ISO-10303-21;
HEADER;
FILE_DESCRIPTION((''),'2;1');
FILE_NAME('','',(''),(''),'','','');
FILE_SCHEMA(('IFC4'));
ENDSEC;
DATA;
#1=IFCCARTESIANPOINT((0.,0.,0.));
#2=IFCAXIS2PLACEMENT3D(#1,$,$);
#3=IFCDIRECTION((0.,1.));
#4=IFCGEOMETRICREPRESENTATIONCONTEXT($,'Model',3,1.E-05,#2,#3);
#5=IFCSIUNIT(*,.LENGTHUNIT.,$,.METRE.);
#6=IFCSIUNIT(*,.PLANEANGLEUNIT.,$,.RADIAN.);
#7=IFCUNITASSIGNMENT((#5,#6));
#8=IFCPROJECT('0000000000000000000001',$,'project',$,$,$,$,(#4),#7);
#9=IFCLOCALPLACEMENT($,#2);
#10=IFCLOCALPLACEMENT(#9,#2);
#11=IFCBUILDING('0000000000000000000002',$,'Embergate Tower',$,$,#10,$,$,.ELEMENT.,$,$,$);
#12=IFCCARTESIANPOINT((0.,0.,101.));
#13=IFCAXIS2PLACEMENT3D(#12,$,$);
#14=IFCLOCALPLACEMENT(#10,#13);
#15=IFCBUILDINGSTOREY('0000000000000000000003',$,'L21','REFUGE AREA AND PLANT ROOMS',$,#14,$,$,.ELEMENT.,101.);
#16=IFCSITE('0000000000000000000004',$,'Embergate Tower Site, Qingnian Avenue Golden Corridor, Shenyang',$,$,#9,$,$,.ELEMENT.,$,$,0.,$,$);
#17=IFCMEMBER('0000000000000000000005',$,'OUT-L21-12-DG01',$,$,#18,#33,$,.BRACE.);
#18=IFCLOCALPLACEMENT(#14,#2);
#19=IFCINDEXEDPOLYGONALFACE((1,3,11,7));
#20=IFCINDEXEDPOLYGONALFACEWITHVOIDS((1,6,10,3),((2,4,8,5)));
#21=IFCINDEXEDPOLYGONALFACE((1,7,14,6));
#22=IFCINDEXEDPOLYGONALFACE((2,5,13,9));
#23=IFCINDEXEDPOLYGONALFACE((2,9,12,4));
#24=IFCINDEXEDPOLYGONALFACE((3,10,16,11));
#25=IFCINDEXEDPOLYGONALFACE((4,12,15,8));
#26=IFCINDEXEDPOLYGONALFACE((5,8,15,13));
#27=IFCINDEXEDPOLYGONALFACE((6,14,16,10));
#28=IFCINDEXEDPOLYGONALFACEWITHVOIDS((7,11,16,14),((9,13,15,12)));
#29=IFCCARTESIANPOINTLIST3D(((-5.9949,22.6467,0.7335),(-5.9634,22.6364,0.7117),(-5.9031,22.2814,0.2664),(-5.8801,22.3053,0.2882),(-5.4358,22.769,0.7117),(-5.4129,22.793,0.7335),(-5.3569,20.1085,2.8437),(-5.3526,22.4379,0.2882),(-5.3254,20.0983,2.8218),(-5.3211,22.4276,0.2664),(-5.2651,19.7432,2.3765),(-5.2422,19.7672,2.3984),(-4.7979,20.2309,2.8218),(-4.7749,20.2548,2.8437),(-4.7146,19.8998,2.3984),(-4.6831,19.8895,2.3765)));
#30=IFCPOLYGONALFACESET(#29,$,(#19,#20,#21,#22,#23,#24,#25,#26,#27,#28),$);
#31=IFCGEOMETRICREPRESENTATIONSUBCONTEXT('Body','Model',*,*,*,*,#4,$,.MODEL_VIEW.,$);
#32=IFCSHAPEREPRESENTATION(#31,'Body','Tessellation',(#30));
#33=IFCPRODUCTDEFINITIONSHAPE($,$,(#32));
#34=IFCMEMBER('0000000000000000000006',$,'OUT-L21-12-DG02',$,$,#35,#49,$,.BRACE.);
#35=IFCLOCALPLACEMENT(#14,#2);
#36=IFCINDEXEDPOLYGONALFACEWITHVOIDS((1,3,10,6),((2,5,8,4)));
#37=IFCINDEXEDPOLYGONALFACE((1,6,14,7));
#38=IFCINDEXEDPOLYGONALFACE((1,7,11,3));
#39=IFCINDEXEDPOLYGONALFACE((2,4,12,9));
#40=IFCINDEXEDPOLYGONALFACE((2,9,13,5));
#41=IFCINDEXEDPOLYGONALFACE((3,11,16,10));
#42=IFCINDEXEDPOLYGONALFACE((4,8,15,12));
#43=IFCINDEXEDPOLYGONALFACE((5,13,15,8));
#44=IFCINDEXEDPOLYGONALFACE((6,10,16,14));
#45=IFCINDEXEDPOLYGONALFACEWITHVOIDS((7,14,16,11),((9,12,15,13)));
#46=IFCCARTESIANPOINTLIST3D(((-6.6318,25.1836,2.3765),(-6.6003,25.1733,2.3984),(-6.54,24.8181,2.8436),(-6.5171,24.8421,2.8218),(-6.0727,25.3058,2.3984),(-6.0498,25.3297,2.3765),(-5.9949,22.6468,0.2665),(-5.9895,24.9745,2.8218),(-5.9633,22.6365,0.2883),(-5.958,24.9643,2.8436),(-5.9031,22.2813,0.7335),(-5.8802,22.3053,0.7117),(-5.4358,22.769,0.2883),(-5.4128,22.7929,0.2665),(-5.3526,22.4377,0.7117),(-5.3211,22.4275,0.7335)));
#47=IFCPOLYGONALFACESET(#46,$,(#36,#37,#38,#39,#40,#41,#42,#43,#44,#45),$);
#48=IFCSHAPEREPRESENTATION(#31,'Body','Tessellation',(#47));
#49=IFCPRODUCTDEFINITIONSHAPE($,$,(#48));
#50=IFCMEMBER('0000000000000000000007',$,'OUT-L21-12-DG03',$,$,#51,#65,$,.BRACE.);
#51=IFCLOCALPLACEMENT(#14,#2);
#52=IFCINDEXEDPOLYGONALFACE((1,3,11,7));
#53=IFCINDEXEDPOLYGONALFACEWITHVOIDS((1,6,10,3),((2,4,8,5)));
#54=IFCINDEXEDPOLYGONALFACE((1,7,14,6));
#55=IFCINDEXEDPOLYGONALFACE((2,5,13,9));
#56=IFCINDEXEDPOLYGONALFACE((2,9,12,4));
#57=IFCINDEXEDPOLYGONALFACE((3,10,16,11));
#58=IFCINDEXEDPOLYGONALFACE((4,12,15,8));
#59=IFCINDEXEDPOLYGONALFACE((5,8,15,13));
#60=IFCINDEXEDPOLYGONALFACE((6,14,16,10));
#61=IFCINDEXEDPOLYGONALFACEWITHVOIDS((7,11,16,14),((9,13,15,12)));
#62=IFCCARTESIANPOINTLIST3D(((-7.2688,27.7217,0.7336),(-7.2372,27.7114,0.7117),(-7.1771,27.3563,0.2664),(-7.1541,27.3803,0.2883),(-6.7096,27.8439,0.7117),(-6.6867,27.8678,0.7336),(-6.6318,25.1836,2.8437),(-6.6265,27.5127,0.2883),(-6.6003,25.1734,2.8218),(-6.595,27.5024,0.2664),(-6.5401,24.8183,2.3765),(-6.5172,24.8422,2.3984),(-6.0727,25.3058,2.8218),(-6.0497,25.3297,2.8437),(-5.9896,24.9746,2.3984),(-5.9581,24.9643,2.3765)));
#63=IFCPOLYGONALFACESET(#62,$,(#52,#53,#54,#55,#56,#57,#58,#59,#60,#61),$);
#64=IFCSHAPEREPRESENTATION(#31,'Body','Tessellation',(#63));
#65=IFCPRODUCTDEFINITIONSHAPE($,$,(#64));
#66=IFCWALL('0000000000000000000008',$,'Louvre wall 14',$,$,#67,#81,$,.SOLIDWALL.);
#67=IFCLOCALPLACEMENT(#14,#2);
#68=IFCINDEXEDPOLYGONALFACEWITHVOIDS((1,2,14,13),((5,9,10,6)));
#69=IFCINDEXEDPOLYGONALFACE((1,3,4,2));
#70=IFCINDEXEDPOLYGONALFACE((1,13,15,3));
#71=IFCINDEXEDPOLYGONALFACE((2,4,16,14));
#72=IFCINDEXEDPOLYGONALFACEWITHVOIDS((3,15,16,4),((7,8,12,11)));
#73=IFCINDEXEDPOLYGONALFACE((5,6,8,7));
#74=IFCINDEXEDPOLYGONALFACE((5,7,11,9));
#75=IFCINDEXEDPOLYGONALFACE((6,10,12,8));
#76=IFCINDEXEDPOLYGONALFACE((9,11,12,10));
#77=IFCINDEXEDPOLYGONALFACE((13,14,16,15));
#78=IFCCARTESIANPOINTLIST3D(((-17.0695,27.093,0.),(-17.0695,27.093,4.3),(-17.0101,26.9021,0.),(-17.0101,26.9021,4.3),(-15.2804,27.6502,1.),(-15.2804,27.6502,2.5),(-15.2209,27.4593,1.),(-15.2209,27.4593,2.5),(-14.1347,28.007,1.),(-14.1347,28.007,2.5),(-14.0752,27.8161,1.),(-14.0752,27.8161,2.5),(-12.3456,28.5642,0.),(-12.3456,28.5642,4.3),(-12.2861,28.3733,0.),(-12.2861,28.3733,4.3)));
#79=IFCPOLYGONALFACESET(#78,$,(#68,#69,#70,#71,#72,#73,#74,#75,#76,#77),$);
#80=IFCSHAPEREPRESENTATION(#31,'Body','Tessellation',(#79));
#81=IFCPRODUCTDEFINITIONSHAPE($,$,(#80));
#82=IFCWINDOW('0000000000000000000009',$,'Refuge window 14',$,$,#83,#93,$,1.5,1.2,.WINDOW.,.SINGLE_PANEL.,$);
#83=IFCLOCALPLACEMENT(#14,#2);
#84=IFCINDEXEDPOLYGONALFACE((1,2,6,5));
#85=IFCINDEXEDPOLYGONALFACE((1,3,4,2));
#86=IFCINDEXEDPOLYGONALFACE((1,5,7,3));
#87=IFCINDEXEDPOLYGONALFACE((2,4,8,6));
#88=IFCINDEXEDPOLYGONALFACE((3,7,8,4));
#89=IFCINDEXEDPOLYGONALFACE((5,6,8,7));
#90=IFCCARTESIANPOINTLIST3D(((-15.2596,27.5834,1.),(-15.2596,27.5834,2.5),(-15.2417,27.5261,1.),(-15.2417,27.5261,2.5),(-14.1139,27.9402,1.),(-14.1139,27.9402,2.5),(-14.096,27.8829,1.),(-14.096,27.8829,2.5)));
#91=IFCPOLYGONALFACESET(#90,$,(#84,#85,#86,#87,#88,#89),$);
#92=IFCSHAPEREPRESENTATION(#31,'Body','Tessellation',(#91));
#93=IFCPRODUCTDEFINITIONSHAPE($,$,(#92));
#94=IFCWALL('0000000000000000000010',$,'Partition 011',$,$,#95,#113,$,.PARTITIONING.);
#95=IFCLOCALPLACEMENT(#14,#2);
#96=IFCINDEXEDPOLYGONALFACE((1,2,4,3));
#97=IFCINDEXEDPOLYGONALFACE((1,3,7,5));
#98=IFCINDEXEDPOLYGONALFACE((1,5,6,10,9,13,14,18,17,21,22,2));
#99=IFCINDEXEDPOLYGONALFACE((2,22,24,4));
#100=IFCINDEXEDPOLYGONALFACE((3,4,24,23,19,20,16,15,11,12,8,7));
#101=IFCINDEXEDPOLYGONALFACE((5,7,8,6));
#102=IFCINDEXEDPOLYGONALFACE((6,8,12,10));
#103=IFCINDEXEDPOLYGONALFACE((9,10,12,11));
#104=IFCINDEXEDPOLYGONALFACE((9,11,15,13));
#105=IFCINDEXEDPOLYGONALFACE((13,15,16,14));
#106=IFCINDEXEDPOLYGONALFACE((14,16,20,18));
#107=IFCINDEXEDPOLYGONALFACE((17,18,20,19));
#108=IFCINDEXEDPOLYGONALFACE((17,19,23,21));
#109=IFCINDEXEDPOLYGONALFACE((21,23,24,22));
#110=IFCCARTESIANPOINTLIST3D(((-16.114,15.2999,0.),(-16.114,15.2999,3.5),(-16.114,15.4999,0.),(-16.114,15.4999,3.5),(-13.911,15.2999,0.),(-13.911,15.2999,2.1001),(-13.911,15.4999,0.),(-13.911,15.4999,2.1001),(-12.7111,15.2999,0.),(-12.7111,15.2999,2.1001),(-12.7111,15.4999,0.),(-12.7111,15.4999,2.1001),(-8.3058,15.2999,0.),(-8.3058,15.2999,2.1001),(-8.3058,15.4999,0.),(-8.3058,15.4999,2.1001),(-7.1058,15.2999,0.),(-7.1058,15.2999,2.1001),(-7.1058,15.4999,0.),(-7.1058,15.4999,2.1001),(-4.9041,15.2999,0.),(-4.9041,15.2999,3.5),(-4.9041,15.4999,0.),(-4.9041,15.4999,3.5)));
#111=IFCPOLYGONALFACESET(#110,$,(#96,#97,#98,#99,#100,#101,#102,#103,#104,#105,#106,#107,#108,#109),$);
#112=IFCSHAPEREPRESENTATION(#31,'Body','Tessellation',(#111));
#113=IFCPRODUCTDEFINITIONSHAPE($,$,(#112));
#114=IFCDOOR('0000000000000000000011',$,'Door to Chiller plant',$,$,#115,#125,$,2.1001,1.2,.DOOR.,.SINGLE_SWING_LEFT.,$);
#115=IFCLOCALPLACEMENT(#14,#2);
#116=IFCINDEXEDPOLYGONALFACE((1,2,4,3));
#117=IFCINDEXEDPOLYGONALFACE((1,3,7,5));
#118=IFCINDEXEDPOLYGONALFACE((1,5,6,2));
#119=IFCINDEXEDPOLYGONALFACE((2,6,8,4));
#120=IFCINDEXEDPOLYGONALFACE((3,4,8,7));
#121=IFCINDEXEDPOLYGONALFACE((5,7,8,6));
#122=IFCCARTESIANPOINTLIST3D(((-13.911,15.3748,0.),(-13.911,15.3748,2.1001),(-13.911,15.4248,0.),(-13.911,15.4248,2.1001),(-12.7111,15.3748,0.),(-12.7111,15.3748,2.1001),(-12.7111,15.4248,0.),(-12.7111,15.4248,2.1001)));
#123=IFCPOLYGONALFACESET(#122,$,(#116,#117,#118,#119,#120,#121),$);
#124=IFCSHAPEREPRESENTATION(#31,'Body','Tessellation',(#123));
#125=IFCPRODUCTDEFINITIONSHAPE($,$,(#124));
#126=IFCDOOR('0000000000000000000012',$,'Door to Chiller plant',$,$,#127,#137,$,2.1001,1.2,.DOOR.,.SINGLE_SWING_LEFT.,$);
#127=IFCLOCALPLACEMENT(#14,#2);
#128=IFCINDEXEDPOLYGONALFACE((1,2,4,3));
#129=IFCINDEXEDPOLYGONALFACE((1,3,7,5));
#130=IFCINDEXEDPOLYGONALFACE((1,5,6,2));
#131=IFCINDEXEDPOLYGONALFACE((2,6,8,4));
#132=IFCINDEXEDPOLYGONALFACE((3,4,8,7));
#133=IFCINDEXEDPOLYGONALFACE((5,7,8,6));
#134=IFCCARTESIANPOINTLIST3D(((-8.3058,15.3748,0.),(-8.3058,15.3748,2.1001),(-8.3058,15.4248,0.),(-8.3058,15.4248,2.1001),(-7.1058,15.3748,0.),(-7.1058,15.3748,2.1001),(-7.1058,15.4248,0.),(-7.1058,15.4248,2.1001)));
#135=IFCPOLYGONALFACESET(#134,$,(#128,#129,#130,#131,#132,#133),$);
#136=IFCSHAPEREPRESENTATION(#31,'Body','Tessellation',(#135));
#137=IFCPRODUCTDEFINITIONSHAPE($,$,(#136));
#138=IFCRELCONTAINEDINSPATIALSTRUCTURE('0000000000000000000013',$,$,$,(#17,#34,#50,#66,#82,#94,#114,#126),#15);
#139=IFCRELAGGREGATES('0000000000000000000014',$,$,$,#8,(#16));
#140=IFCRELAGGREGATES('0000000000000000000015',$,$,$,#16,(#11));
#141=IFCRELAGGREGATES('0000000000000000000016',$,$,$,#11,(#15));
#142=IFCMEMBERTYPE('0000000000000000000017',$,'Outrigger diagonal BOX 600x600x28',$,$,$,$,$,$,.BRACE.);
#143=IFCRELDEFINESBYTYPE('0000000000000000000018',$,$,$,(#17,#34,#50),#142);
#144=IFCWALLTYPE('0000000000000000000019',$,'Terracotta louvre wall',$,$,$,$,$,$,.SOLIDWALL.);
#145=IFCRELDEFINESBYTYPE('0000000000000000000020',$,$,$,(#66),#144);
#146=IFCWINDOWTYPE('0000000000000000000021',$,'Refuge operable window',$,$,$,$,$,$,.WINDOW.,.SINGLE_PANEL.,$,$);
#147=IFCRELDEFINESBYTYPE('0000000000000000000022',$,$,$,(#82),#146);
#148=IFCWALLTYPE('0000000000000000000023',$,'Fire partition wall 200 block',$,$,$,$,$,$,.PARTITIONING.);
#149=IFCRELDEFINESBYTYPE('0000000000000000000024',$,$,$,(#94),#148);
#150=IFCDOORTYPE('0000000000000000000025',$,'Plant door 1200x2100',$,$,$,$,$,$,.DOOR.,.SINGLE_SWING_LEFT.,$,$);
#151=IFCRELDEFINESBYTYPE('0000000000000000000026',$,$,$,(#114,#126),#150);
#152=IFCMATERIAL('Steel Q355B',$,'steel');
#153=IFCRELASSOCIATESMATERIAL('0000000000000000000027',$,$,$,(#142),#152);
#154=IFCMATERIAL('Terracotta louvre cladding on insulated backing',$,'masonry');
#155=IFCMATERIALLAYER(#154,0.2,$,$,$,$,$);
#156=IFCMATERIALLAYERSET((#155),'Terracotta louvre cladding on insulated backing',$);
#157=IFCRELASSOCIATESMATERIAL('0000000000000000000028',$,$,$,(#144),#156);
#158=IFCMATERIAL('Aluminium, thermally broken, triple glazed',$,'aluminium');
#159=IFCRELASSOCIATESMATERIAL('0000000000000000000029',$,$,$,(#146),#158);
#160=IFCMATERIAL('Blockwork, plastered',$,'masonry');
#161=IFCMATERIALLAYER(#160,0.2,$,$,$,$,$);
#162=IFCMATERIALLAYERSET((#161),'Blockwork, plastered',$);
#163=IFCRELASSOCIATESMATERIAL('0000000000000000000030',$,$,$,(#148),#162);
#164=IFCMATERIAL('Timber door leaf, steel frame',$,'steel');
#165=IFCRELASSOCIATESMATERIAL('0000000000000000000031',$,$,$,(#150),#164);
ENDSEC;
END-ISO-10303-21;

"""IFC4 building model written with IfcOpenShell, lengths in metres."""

from ifc_helpers import new_model, si_unit, direction, frame, frame_2d, origin, origin_2d, place, context, subcontext, project, spatial, rectangle, hollow_rectangle, extrude, source, transform, mapped, material, layer, layer_set, material_profile, profile_set, type_object, element, fill, save


model = new_model("IFC4")

# Units and contexts
model_context = context("Model", 3, precision=1e-05, world=origin(), true_north=direction((0.0, 1.0)))
body_context = subcontext(model_context, "Body", "Model", "MODEL_VIEW")
ifc_project = project(units=[si_unit("LENGTHUNIT", "METRE"), si_unit("PLANEANGLEUNIT", "RADIAN")], contexts=[model_context])

# Site, building, storey
site_placement = place(None, origin())
site = spatial("IfcSite", under=ifc_project, at=site_placement, Name="Embergate Tower Site, Qingnian Avenue Golden Corridor, Shenyang", CompositionType="ELEMENT", RefElevation=0.0)
building_placement = place(site_placement, origin())
building = spatial("IfcBuilding", under=site, at=building_placement, Name="Embergate Tower", CompositionType="ELEMENT")
storey_placement = place(building_placement, frame((0.0, 0.0, 101.0)))
storey = spatial("IfcBuildingStorey", under=building, at=storey_placement, Name="L21", Description="REFUGE AREA AND PLANT ROOMS", CompositionType="ELEMENT", Elevation=101.0)

# Members
ifc_material_1 = material(Name="Steel Q355B", Category="steel")
ifc_material_profile_1 = material_profile(ifc_material_1, hollow_rectangle(XDim=0.6001, YDim=0.6001, WallThickness=0.0281, at=origin_2d()), Name="BOX 600x600x28")
ifc_profile_set_1 = profile_set([ifc_material_profile_1], Name="Steel Q355 grade B")
member_type_1 = type_object("IfcMemberType", Name="Outrigger diagonal BOX 600x600x28", PredefinedType="BRACE", material=ifc_profile_set_1)
shared_shape_1 = source(origin(), body_context, "Body", "SweptSolid", [
    extrude(hollow_rectangle(XDim=0.6001, YDim=0.6001, WallThickness=0.0281, at=origin_2d()), origin(), (0.0, 0.0, 1.0), 3.3618),
])
member_1_placement = place(storey_placement, frame((-5.02, 19.999, 2.6101), z_axis=(-0.189764, 0.754988, -0.62768), x_axis=(-0.969834, -0.243765, 0.0)))
element("IfcMember", 1, at=member_1_placement, inside=storey, type_object=member_type_1, Name="OUT-L21-12-DG01", PredefinedType="BRACE", context=body_context, shape_type="MappedRepresentation", body=[
    mapped(shared_shape_1, transform((0.0, 0.0, 0.0))),
])
shared_shape_2 = source(origin(), body_context, "Body", "SweptSolid", [
    extrude(hollow_rectangle(XDim=0.6001, YDim=0.6001, WallThickness=0.0281, at=origin_2d()), origin(), (0.0, 0.0, 1.0), 3.3606),
])
member_2_placement = place(storey_placement, frame((-5.658, 22.5371, 0.5), z_axis=(-0.189536, 0.754874, 0.627887), x_axis=(-0.969895, -0.243524, 0.0)))
element("IfcMember", 2, at=member_2_placement, inside=storey, type_object=member_type_1, Name="OUT-L21-12-DG02", PredefinedType="BRACE", context=body_context, shape_type="MappedRepresentation", body=[
    mapped(shared_shape_2, transform((0.0, 0.0, 0.0))),
])
shared_shape_3 = source(origin(), body_context, "Body", "SweptSolid", [
    extrude(hollow_rectangle(XDim=0.6001, YDim=0.6001, WallThickness=0.0281, at=origin_2d()), origin(), (0.0, 0.0, 1.0), 3.3616),
])
member_3_placement = place(storey_placement, frame((-6.2949, 25.074, 2.6101), z_axis=(-0.189484, 0.75503, -0.627715), x_axis=(-0.969923, -0.243414, 0.0)))
element("IfcMember", 3, at=member_3_placement, inside=storey, type_object=member_type_1, Name="OUT-L21-12-DG03", PredefinedType="BRACE", context=body_context, shape_type="MappedRepresentation", body=[
    mapped(shared_shape_3, transform((0.0, 0.0, 0.0))),
])

# Wall, opening, window
ifc_material_2 = material(Name="Terracotta louvre cladding on insulated backing", Category="masonry")
ifc_layer_1 = layer(ifc_material_2, 0.2)
ifc_layer_set_1 = layer_set([ifc_layer_1], Name="Terracotta louvre cladding on insulated backing")
wall_type_1 = type_object("IfcWallType", Name="Terracotta louvre wall", PredefinedType="SOLIDWALL", material=ifc_layer_set_1)
shared_shape_4 = source(origin(), body_context, "Body", "SweptSolid", [
    extrude(rectangle(XDim=4.9478, YDim=0.2, at=frame_2d((2.4739, 0.0))), origin(), (0.0, 0.0, 1.0), 4.3),
])
wall_1_placement = place(storey_placement, frame((-17.0398, 26.9976, 0.0), z_axis=(0.0, 0.0, 1.0), x_axis=(0.954768, 0.29735, 0.0)))
wall_1 = element("IfcWall", 4, at=wall_1_placement, inside=storey, type_object=wall_type_1, Name="Louvre wall 14", PredefinedType="SOLIDWALL", context=body_context, shape_type="MappedRepresentation", body=[
    mapped(shared_shape_4, transform((0.0, 0.0, 0.0))),
])
shared_shape_5 = source(origin(), body_context, "Body", "SweptSolid", [
    extrude(rectangle(XDim=1.2, YDim=1.5, at=frame_2d((0.6001, 0.75))), frame((0.0, 0.1099, 0.0), z_axis=(0.0, -1.0, 0.0), x_axis=(1.0, 0.0, 0.0)), (0.0, 0.0, 1.0), 0.22),
])
opening_1_placement = place(wall_1_placement, frame((1.8738, 0.0, 1.0)))
opening_1 = element("IfcOpeningElement", 5, at=opening_1_placement, cuts=wall_1, PredefinedType="OPENING", context=body_context, shape_type="MappedRepresentation", body=[
    mapped(shared_shape_5, transform((0.0, 0.0, 0.0))),
])
ifc_material_3 = material(Name="Aluminium, thermally broken, triple glazed", Category="aluminium")
window_type = type_object("IfcWindowType", Name="Refuge operable window", PartitioningType="SINGLE_PANEL", PredefinedType="WINDOW", material=ifc_material_3)
shared_shape_6 = source(origin(), body_context, "Body", "SweptSolid", [
    extrude(rectangle(XDim=1.2, YDim=1.5, at=frame_2d((0.6001, 0.75))), frame((0.0, 0.03, 0.0), z_axis=(0.0, -1.0, 0.0), x_axis=(1.0, 0.0, 0.0)), (0.0, 0.0, 1.0), 0.0601),
])
window_placement = place(opening_1_placement, origin())
window = element("IfcWindow", 6, at=window_placement, inside=storey, type_object=window_type, Name="Refuge window 14", OverallHeight=1.5, OverallWidth=1.2, PartitioningType="SINGLE_PANEL", PredefinedType="WINDOW", context=body_context, shape_type="MappedRepresentation", body=[
    mapped(shared_shape_6, transform((0.0, 0.0, 0.0))),
])
fill(opening_1, window)

# Wall, openings, doors
ifc_material_4 = material(Name="Blockwork, plastered", Category="masonry")
ifc_layer_2 = layer(ifc_material_4, 0.2)
ifc_layer_set_2 = layer_set([ifc_layer_2], Name="Blockwork, plastered")
wall_type_2 = type_object("IfcWallType", Name="Fire partition wall 200 block", PredefinedType="PARTITIONING", material=ifc_layer_set_2)
shared_shape_7 = source(origin(), body_context, "Body", "SweptSolid", [
    extrude(rectangle(XDim=11.21, YDim=0.2, at=frame_2d((5.605, 0.0))), origin(), (0.0, 0.0, 1.0), 3.5),
])
wall_2_placement = place(storey_placement, frame((-16.114, 15.3999, 0.0), z_axis=(0.0, 0.0, 1.0), x_axis=(1.0, 0.0, 0.0)))
wall_2 = element("IfcWall", 7, at=wall_2_placement, inside=storey, type_object=wall_type_2, Name="Partition 011", PredefinedType="PARTITIONING", context=body_context, shape_type="MappedRepresentation", body=[
    mapped(shared_shape_7, transform((0.0, 0.0, 0.0))),
])
shared_shape_8 = source(origin(), body_context, "Body", "SweptSolid", [
    extrude(rectangle(XDim=1.2, YDim=2.1001, at=frame_2d((0.6001, 1.05))), frame((0.0, 0.1099, 0.0), z_axis=(0.0, -1.0, 0.0), x_axis=(1.0, 0.0, 0.0)), (0.0, 0.0, 1.0), 0.22),
])
opening_2_placement = place(wall_2_placement, frame((2.2029, 0.0, 0.0)))
opening_2 = element("IfcOpeningElement", 8, at=opening_2_placement, cuts=wall_2, PredefinedType="OPENING", context=body_context, shape_type="MappedRepresentation", body=[
    mapped(shared_shape_8, transform((0.0, 0.0, 0.0))),
])
opening_3_placement = place(wall_2_placement, frame((7.8081, 0.0, 0.0)))
opening_3 = element("IfcOpeningElement", 9, at=opening_3_placement, cuts=wall_2, PredefinedType="OPENING", context=body_context, shape_type="MappedRepresentation", body=[
    mapped(shared_shape_8, transform((0.0, 0.0, 0.0))),
])
ifc_material_5 = material(Name="Timber door leaf, steel frame", Category="steel")
door_type_1 = type_object("IfcDoorType", Name="Plant door 1200x2100", OperationType="SINGLE_SWING_LEFT", PredefinedType="DOOR", material=ifc_material_5)
shared_shape_9 = source(origin(), body_context, "Body", "SweptSolid", [
    extrude(rectangle(XDim=1.2, YDim=2.1001, at=frame_2d((0.6001, 1.05))), frame((0.0, 0.0249, 0.0), z_axis=(0.0, -1.0, 0.0), x_axis=(1.0, 0.0, 0.0)), (0.0, 0.0, 1.0), 0.05),
])
door_1_placement = place(opening_2_placement, origin())
door_1 = element("IfcDoor", 10, at=door_1_placement, inside=storey, type_object=door_type_1, Name="Door to Chiller plant", OperationType="SINGLE_SWING_LEFT", OverallHeight=2.1001, OverallWidth=1.2, PredefinedType="DOOR", context=body_context, shape_type="MappedRepresentation", body=[
    mapped(shared_shape_9, transform((0.0, 0.0, 0.0))),
])
fill(opening_2, door_1)
door_2_placement = place(opening_3_placement, origin())
door_2 = element("IfcDoor", 11, at=door_2_placement, inside=storey, type_object=door_type_1, Name="Door to Chiller plant", OperationType="SINGLE_SWING_LEFT", OverallHeight=2.1001, OverallWidth=1.2, PredefinedType="DOOR", context=body_context, shape_type="MappedRepresentation", body=[
    mapped(shared_shape_9, transform((0.0, 0.0, 0.0))),
])
fill(opening_3, door_2)

save(model, "model.ifc")
